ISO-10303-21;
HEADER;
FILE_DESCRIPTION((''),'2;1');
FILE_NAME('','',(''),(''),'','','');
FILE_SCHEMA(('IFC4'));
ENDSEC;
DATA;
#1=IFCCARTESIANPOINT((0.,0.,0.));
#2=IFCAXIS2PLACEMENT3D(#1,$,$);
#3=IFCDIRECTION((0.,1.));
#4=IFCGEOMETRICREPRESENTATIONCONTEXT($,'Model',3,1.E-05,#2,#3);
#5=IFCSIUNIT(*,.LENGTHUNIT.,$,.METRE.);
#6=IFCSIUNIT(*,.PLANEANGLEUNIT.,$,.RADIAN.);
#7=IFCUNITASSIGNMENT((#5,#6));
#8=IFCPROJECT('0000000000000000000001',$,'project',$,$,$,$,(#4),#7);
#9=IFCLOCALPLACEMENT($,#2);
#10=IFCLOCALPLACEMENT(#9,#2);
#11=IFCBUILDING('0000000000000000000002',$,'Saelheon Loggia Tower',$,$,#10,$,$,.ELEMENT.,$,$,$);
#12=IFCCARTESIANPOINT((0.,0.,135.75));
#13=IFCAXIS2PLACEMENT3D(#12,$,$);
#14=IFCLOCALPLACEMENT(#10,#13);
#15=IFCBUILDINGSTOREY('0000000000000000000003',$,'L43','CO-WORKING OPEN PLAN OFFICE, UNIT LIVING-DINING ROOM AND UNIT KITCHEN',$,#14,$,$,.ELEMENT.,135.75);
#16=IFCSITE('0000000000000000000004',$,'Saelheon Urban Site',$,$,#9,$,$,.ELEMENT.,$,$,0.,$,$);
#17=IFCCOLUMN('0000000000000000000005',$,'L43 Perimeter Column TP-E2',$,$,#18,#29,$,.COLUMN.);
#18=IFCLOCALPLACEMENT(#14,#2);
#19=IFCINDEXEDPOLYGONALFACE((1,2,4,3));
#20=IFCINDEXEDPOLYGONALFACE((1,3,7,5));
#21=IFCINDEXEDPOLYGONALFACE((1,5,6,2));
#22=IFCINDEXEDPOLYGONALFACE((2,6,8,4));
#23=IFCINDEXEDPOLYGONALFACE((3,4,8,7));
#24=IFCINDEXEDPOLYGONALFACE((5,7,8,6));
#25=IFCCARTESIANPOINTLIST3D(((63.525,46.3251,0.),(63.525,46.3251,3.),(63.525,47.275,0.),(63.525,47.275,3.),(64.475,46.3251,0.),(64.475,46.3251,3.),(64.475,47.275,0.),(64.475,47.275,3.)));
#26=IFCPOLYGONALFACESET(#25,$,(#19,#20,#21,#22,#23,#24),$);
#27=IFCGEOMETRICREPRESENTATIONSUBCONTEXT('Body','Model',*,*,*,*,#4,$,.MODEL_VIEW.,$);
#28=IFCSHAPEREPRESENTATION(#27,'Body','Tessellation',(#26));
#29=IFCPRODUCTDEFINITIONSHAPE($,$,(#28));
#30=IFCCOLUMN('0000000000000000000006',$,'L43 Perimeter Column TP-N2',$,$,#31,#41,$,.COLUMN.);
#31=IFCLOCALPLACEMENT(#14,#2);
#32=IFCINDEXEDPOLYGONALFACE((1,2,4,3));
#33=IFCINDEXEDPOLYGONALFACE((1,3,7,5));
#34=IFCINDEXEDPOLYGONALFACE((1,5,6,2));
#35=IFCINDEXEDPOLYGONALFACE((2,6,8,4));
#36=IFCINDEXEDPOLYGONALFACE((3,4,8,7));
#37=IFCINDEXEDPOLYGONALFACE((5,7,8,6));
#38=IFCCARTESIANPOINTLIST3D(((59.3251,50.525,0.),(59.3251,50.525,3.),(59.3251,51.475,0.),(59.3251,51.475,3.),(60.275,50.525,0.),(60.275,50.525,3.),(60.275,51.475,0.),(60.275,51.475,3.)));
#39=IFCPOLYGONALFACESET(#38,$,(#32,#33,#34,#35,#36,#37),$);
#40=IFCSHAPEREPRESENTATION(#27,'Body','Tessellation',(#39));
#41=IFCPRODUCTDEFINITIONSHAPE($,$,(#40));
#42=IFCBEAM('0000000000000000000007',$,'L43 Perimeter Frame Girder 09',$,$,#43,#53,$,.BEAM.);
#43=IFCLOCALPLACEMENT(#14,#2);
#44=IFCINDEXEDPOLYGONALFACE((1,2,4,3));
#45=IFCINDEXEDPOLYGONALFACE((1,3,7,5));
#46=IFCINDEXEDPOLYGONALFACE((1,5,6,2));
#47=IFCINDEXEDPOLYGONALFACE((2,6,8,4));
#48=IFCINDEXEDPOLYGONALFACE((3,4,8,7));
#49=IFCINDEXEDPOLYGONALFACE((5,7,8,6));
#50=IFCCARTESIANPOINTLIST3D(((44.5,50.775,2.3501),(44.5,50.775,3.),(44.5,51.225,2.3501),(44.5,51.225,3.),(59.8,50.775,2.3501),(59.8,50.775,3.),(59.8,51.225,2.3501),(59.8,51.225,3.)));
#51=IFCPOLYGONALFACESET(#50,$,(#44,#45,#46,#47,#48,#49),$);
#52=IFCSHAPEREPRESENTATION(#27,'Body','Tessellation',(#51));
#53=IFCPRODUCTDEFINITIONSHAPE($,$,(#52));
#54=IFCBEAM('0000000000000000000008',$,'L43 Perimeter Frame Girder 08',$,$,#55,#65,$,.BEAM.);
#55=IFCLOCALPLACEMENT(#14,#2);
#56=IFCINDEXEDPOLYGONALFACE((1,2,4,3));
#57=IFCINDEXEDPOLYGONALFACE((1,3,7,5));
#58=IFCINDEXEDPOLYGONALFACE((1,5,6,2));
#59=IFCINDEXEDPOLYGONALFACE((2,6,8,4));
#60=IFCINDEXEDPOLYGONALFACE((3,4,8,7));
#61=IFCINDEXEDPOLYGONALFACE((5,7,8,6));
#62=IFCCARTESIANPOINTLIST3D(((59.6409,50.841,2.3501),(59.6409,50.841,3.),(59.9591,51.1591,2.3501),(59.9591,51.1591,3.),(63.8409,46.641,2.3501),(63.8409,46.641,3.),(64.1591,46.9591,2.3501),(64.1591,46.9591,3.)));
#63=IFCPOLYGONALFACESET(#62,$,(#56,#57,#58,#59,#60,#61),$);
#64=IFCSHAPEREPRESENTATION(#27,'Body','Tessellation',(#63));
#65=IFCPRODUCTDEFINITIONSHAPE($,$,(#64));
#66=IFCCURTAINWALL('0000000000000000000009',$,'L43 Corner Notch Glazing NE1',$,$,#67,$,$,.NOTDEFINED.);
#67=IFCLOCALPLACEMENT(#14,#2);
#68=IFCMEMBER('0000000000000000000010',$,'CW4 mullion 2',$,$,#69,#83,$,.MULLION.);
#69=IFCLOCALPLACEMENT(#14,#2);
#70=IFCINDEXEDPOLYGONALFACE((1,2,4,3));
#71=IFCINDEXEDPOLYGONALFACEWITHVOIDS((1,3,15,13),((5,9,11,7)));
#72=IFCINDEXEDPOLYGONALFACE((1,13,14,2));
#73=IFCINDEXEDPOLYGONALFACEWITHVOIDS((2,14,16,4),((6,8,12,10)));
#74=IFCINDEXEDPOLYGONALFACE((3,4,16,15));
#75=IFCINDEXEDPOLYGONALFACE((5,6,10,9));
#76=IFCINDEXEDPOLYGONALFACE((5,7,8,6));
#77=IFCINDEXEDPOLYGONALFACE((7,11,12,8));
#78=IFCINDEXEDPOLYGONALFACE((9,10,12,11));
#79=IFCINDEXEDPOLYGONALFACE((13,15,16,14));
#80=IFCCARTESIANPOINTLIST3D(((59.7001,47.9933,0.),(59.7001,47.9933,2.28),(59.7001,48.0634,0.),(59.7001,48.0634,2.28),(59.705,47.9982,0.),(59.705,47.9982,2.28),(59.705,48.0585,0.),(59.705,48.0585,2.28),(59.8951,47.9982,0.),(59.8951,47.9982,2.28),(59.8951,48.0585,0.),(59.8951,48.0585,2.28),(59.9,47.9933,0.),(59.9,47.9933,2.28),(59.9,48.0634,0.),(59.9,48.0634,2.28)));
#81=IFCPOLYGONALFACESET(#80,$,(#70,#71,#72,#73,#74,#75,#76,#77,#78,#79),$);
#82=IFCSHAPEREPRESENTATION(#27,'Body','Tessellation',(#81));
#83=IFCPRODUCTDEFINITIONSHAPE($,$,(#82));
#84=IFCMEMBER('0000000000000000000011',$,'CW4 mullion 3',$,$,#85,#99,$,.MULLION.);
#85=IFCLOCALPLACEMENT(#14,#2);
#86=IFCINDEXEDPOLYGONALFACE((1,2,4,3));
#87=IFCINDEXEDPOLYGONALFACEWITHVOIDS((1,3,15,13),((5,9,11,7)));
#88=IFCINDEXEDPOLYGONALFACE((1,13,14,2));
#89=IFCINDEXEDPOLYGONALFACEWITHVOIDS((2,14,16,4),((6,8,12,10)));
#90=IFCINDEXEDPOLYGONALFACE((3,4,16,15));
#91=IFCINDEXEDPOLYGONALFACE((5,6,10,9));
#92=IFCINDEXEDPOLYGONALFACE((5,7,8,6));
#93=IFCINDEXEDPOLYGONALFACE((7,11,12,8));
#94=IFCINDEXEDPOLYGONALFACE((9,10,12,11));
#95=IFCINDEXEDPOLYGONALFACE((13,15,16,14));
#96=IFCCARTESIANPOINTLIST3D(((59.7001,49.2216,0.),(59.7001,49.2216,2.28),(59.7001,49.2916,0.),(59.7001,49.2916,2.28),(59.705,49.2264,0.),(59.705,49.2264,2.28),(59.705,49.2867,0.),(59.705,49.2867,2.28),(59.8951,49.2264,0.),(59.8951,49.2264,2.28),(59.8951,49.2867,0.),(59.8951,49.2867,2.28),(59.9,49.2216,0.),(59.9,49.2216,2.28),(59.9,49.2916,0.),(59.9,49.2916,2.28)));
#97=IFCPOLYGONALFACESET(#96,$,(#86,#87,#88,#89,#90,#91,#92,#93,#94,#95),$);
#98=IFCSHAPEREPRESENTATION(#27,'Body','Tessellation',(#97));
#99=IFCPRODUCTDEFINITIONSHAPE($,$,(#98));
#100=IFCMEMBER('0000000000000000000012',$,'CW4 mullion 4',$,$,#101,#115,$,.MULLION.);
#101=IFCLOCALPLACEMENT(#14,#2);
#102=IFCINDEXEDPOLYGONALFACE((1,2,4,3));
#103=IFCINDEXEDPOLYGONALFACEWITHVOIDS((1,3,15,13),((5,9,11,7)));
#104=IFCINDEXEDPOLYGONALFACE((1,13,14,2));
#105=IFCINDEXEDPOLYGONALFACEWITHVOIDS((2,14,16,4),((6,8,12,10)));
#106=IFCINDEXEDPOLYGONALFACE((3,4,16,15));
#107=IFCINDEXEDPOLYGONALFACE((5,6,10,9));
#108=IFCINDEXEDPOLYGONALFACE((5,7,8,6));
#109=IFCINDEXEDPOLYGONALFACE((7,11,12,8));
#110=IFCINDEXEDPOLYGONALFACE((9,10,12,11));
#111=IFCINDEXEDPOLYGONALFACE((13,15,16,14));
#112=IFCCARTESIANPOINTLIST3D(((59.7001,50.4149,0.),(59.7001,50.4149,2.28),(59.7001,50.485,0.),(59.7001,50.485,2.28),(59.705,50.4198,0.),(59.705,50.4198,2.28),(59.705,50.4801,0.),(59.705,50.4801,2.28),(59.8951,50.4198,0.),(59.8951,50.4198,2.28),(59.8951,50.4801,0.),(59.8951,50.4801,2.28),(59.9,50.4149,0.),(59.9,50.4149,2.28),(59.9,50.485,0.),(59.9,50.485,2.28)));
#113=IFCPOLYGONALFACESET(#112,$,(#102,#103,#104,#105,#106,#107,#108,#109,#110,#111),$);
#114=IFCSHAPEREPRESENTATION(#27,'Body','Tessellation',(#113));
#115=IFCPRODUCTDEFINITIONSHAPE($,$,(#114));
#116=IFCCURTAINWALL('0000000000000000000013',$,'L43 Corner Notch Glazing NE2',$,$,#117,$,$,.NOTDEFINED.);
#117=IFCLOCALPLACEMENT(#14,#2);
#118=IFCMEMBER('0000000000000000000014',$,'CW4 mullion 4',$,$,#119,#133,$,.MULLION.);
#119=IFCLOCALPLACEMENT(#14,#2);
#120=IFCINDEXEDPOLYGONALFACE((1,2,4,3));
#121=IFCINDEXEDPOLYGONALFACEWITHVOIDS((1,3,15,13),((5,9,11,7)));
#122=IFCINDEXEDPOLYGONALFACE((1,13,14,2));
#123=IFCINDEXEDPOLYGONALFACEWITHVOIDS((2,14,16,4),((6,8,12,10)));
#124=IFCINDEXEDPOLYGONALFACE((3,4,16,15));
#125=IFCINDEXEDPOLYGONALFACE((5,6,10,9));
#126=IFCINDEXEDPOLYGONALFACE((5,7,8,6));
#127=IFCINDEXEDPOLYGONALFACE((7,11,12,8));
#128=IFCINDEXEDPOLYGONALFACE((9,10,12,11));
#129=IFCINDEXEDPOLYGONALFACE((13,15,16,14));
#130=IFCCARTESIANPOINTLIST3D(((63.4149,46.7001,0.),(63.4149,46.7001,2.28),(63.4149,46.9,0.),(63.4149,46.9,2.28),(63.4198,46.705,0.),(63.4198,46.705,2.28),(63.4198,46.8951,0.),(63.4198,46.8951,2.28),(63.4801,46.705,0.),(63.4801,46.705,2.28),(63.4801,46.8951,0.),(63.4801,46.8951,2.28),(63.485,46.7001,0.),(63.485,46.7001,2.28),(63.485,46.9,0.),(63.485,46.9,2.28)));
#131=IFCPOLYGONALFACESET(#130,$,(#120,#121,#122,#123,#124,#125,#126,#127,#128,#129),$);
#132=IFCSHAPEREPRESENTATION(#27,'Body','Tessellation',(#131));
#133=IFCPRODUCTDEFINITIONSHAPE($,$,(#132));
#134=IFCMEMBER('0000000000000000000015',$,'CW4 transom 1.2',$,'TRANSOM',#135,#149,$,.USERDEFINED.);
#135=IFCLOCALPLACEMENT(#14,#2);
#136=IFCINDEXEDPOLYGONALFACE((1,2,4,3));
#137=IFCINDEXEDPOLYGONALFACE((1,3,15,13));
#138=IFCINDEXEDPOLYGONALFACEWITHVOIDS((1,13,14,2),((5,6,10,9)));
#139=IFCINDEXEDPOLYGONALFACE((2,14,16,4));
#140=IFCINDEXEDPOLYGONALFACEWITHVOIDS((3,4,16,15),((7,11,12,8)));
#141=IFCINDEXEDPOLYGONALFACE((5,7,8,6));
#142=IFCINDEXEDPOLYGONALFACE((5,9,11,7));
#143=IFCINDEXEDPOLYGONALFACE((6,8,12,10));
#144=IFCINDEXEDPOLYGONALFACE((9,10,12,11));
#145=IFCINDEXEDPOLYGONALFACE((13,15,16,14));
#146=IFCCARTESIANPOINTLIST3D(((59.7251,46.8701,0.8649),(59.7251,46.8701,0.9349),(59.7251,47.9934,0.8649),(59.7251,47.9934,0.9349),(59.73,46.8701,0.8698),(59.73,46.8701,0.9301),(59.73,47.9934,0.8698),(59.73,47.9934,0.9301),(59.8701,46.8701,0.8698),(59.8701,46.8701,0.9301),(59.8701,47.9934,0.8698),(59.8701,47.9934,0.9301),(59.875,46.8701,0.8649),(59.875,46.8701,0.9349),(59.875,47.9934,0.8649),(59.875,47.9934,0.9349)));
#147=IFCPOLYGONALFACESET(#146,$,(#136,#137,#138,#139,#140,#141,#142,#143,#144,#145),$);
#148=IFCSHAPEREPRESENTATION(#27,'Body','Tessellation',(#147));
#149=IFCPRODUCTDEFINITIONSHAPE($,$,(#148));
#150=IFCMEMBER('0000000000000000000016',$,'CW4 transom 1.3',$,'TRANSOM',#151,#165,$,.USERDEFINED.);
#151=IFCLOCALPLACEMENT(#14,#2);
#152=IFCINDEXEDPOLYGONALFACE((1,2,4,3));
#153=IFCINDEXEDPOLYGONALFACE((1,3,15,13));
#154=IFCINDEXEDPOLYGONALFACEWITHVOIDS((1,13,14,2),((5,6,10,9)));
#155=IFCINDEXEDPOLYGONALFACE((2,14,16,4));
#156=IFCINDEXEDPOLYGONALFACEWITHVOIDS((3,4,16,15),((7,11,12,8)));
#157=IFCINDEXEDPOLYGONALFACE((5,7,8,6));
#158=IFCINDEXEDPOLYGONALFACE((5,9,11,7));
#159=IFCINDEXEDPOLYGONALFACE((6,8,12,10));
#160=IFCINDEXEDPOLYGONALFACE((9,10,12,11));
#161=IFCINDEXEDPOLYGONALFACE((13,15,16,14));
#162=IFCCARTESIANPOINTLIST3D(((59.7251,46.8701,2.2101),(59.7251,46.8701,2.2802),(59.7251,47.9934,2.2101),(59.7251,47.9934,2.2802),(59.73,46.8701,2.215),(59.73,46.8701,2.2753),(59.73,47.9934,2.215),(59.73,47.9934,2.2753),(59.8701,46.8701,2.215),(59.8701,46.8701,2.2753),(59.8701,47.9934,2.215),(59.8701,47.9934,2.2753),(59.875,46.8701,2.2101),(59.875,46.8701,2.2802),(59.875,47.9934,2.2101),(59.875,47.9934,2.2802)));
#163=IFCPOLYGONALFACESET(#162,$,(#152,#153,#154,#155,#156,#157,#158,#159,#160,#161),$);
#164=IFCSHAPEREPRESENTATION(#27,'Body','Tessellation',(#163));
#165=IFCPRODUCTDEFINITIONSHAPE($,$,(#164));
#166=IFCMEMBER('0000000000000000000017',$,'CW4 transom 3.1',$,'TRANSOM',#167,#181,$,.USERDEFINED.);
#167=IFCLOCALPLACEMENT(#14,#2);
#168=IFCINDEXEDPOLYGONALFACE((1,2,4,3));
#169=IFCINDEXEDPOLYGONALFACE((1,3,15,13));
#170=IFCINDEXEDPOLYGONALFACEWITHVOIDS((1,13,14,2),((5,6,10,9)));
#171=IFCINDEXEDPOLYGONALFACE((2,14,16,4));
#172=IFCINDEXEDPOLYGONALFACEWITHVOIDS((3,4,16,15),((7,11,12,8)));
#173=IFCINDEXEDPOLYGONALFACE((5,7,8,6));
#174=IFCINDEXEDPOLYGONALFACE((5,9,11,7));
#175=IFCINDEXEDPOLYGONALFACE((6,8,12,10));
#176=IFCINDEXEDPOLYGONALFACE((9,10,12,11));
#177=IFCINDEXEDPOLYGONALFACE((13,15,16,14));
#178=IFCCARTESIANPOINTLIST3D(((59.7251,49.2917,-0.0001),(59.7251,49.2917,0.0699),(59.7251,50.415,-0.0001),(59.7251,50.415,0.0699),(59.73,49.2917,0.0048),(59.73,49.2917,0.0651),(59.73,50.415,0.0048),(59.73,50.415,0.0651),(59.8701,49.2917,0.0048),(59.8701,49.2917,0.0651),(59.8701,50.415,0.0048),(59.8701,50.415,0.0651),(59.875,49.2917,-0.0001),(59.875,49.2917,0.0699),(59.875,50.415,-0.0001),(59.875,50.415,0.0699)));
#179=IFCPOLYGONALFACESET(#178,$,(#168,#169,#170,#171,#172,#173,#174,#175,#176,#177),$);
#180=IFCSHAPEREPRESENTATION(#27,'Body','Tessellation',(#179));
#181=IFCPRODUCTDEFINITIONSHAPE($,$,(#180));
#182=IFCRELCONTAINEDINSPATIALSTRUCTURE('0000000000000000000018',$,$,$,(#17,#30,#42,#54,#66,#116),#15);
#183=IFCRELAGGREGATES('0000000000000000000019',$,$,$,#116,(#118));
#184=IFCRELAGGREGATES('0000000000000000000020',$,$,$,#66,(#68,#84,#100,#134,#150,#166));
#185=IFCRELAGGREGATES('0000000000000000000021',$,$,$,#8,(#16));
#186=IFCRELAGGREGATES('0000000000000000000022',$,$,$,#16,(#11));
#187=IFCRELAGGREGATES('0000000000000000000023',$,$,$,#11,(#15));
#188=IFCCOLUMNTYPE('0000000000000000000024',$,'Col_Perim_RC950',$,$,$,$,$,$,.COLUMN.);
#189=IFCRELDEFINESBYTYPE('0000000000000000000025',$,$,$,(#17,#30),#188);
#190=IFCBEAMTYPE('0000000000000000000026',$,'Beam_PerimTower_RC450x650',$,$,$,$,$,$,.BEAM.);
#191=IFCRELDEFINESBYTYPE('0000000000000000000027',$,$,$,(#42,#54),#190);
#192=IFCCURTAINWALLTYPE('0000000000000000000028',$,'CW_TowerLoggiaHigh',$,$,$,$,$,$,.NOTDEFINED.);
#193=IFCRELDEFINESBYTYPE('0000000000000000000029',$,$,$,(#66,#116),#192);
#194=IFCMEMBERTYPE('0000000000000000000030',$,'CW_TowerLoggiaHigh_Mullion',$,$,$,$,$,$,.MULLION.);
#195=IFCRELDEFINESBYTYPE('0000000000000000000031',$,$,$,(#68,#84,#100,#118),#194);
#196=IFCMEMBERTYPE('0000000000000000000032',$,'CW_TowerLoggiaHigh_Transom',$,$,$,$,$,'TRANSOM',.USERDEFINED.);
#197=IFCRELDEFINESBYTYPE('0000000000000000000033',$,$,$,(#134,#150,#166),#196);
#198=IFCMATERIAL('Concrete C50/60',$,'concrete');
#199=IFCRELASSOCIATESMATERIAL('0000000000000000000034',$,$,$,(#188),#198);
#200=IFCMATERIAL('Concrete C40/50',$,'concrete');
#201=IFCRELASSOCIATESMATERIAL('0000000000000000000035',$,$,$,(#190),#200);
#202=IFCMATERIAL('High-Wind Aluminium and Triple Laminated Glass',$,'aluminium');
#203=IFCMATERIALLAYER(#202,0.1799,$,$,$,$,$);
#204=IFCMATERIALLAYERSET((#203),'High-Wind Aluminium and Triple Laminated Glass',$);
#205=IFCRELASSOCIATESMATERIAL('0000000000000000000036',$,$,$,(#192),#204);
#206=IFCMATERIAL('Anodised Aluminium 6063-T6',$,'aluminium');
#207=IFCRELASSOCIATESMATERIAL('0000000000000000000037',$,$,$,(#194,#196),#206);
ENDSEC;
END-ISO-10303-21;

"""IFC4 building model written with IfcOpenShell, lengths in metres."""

from ifc_helpers import new_model, si_unit, direction, frame, origin, origin_2d, place, context, subcontext, project, spatial, rectangle, hollow_rectangle, extrude, source, transform, mapped, material, layer, layer_set, material_profile, profile_set, type_object, element, aggregate, save


model = new_model("IFC4")

# Units and contexts
model_context = context("Model", 3, precision=1e-05, world=origin(), true_north=direction((0.0, 1.0)))
body_context = subcontext(model_context, "Body", "Model", "MODEL_VIEW")
ifc_project = project(units=[si_unit("LENGTHUNIT", "METRE"), si_unit("PLANEANGLEUNIT", "RADIAN")], contexts=[model_context])

# Site, building, storey
site_placement = place(None, origin())
site = spatial("IfcSite", under=ifc_project, at=site_placement, Name="Saelheon Urban Site", CompositionType="ELEMENT", RefElevation=0.0)
building_placement = place(site_placement, origin())
building = spatial("IfcBuilding", under=site, at=building_placement, Name="Saelheon Loggia Tower", CompositionType="ELEMENT")
storey_placement = place(building_placement, frame((0.0, 0.0, 135.75)))
storey = spatial("IfcBuildingStorey", under=building, at=storey_placement, Name="L43", Description="CO-WORKING OPEN PLAN OFFICE, UNIT LIVING-DINING ROOM AND UNIT KITCHEN", CompositionType="ELEMENT", Elevation=135.75)

# Columns
ifc_material_1 = material(Name="Concrete C50/60", Category="concrete")
ifc_material_profile_1 = material_profile(ifc_material_1, rectangle(XDim=0.95, YDim=0.95, at=origin_2d()), Name="RC-950x950")
ifc_profile_set_1 = profile_set([ifc_material_profile_1], Name="Concrete C50/60")
column_type = type_object("IfcColumnType", Name="Col_Perim_RC950", PredefinedType="COLUMN", material=ifc_profile_set_1)
shared_shape_1 = source(origin(), body_context, "Body", "SweptSolid", [
    extrude(rectangle(XDim=0.95, YDim=0.95, at=origin_2d()), origin(), (0.0, 0.0, 1.0), 3.0),
])
for number, where, z_axis, x_axis, name in (
    (1, (64.0, 46.8, 0.0), (0.0, 0.0, 1.0), (1.0, 0.0, 0.0), "L43 Perimeter Column TP-E2"),
    (2, (59.8, 51.0, 0.0), (0.0, 0.0, 1.0), (1.0, 0.0, 0.0), "L43 Perimeter Column TP-N2"),
):
    element("IfcColumn", number, at=place(storey_placement, frame(where, z_axis=z_axis, x_axis=x_axis)), inside=storey, type_object=column_type, Name=name, PredefinedType="COLUMN", context=body_context, shape_type="MappedRepresentation", body=[
        mapped(shared_shape_1, transform((0.0, 0.0, 0.0), scale=1.0)),
    ])

# Beams
ifc_material_2 = material(Name="Concrete C40/50", Category="concrete")
ifc_material_profile_2 = material_profile(ifc_material_2, rectangle(XDim=0.45, YDim=0.6499, at=origin_2d()), Name="RC-450x650")
ifc_profile_set_2 = profile_set([ifc_material_profile_2], Name="Concrete C40/50")
beam_type = type_object("IfcBeamType", Name="Beam_PerimTower_RC450x650", PredefinedType="BEAM", material=ifc_profile_set_2)
shared_shape_2 = source(origin(), body_context, "Body", "SweptSolid", [
    extrude(rectangle(XDim=0.45, YDim=0.6499, at=origin_2d()), origin(), (0.0, 0.0, 1.0), 15.3),
])
beam_1_placement = place(storey_placement, frame((59.8, 51.0, 2.675), z_axis=(-1.0, 0.0, 0.0), x_axis=(0.0, -1.0, 0.0)))
element("IfcBeam", 3, at=beam_1_placement, inside=storey, type_object=beam_type, Name="L43 Perimeter Frame Girder 09", PredefinedType="BEAM", context=body_context, shape_type="MappedRepresentation", body=[
    mapped(shared_shape_2, transform((0.0, 0.0, 0.0), scale=1.0)),
])
shared_shape_3 = source(origin(), body_context, "Body", "SweptSolid", [
    extrude(rectangle(XDim=0.45, YDim=0.6499, at=origin_2d()), origin(), (0.0, 0.0, 1.0), 5.9397),
])
beam_2_placement = place(storey_placement, frame((64.0, 46.8, 2.675), z_axis=(-0.707107, 0.707107, 0.0), x_axis=(-0.707107, -0.707107, 0.0)))
element("IfcBeam", 4, at=beam_2_placement, inside=storey, type_object=beam_type, Name="L43 Perimeter Frame Girder 08", PredefinedType="BEAM", context=body_context, shape_type="MappedRepresentation", body=[
    mapped(shared_shape_3, transform((0.0, 0.0, 0.0), scale=1.0)),
])

# Curtain wall, members
ifc_material_3 = material(Name="High-Wind Aluminium and Triple Laminated Glass", Category="aluminium")
ifc_layer_1 = layer(ifc_material_3, 0.1799)
ifc_layer_set_1 = layer_set([ifc_layer_1], Name="High-Wind Aluminium and Triple Laminated Glass")
curtain_wall_type = type_object("IfcCurtainWallType", Name="CW_TowerLoggiaHigh", PredefinedType="NOTDEFINED", material=ifc_layer_set_1)
curtain_wall_1_placement = place(storey_placement, origin())
curtain_wall_1 = element("IfcCurtainWall", 5, at=curtain_wall_1_placement, inside=storey, type_object=curtain_wall_type, Name="L43 Corner Notch Glazing NE1", PredefinedType="NOTDEFINED")
ifc_material_4 = material(Name="Anodised Aluminium 6063-T6", Category="aluminium")
ifc_material_profile_3 = material_profile(ifc_material_4, hollow_rectangle(XDim=0.0701, YDim=0.2, WallThickness=0.0049, at=origin_2d()), Name="RHS-200x70x5")
ifc_profile_set_3 = profile_set([ifc_material_profile_3], Name="Anodised Aluminium 6063-T6")
member_type_1 = type_object("IfcMemberType", Name="CW_TowerLoggiaHigh_Mullion", PredefinedType="MULLION", material=ifc_profile_set_3)
shared_shape_4 = source(origin(), body_context, "Body", "SweptSolid", [
    extrude(hollow_rectangle(XDim=0.0701, YDim=0.2, WallThickness=0.0049, at=origin_2d()), origin(), (0.0, 0.0, 1.0), 2.28),
])
member_1_placement = place(storey_placement, frame((59.8, 48.0283, 0.0), z_axis=(0.0, 0.0, 1.0), x_axis=(0.0, 1.0, 0.0)))
member_1 = element("IfcMember", 6, at=member_1_placement, type_object=member_type_1, Name="CW4 mullion 2", PredefinedType="MULLION", context=body_context, shape_type="MappedRepresentation", body=[
    mapped(shared_shape_4, transform((0.0, 0.0, 0.0), scale=1.0)),
])
member_2_placement = place(storey_placement, frame((59.8, 49.2566, 0.0), z_axis=(0.0, 0.0, 1.0), x_axis=(0.0, 1.0, 0.0)))
member_2 = element("IfcMember", 7, at=member_2_placement, type_object=member_type_1, Name="CW4 mullion 3", PredefinedType="MULLION", context=body_context, shape_type="MappedRepresentation", body=[
    mapped(shared_shape_4, transform((0.0, 0.0, 0.0), scale=1.0)),
])
member_3_placement = place(storey_placement, frame((59.8, 50.45, 0.0), z_axis=(0.0, 0.0, 1.0), x_axis=(0.0, 1.0, 0.0)))
member_3 = element("IfcMember", 8, at=member_3_placement, type_object=member_type_1, Name="CW4 mullion 4", PredefinedType="MULLION", context=body_context, shape_type="MappedRepresentation", body=[
    mapped(shared_shape_4, transform((0.0, 0.0, 0.0), scale=1.0)),
])

# Curtain wall, member
curtain_wall_2_placement = place(storey_placement, origin())
curtain_wall_2 = element("IfcCurtainWall", 9, at=curtain_wall_2_placement, inside=storey, type_object=curtain_wall_type, Name="L43 Corner Notch Glazing NE2", PredefinedType="NOTDEFINED")
member_4_placement = place(storey_placement, frame((63.45, 46.8, 0.0), z_axis=(0.0, 0.0, 1.0), x_axis=(1.0, 0.0, 0.0)))
member_4 = element("IfcMember", 10, at=member_4_placement, type_object=member_type_1, Name="CW4 mullion 4", PredefinedType="MULLION", context=body_context, shape_type="MappedRepresentation", body=[
    mapped(shared_shape_4, transform((0.0, 0.0, 0.0), scale=1.0)),
])
aggregate(curtain_wall_2, [member_4])

# Members
ifc_material_profile_4 = material_profile(ifc_material_4, hollow_rectangle(XDim=0.0701, YDim=0.1499, WallThickness=0.0049, at=origin_2d()), Name="RHS-150x70x5")
ifc_profile_set_4 = profile_set([ifc_material_profile_4], Name="Anodised Aluminium 6063-T6")
member_type_2 = type_object("IfcMemberType", Name="CW_TowerLoggiaHigh_Transom", ElementType="TRANSOM", PredefinedType="USERDEFINED", material=ifc_profile_set_4)
shared_shape_5 = source(origin(), body_context, "Body", "SweptSolid", [
    extrude(hollow_rectangle(XDim=0.0701, YDim=0.1499, WallThickness=0.0049, at=origin_2d()), origin(), (0.0, 0.0, 1.0), 1.1233),
])
member_5_placement = place(storey_placement, frame((59.8, 46.8701, 0.8999), z_axis=(0.0, 1.0, 0.0), x_axis=(0.0, 0.0, 1.0)))
member_5 = element("IfcMember", 11, at=member_5_placement, type_object=member_type_2, Name="CW4 transom 1.2", ObjectType="TRANSOM", PredefinedType="USERDEFINED", context=body_context, shape_type="MappedRepresentation", body=[
    mapped(shared_shape_5, transform((0.0, 0.0, 0.0), scale=1.0)),
])
member_6_placement = place(storey_placement, frame((59.8, 46.8701, 2.2451), z_axis=(0.0, 1.0, 0.0), x_axis=(0.0, 0.0, 1.0)))
member_6 = element("IfcMember", 12, at=member_6_placement, type_object=member_type_2, Name="CW4 transom 1.3", ObjectType="TRANSOM", PredefinedType="USERDEFINED", context=body_context, shape_type="MappedRepresentation", body=[
    mapped(shared_shape_5, transform((0.0, 0.0, 0.0), scale=1.0)),
])
member_7_placement = place(storey_placement, frame((59.8, 49.2917, 0.0349), z_axis=(0.0, 1.0, 0.0), x_axis=(0.0, 0.0, 1.0)))
member_7 = element("IfcMember", 13, at=member_7_placement, type_object=member_type_2, Name="CW4 transom 3.1", ObjectType="TRANSOM", PredefinedType="USERDEFINED", context=body_context, shape_type="MappedRepresentation", body=[
    mapped(shared_shape_5, transform((0.0, 0.0, 0.0), scale=1.0)),
])

aggregate(curtain_wall_1, [member_1, member_2, member_3, member_5, member_6, member_7])

save(model, "model.ifc")
